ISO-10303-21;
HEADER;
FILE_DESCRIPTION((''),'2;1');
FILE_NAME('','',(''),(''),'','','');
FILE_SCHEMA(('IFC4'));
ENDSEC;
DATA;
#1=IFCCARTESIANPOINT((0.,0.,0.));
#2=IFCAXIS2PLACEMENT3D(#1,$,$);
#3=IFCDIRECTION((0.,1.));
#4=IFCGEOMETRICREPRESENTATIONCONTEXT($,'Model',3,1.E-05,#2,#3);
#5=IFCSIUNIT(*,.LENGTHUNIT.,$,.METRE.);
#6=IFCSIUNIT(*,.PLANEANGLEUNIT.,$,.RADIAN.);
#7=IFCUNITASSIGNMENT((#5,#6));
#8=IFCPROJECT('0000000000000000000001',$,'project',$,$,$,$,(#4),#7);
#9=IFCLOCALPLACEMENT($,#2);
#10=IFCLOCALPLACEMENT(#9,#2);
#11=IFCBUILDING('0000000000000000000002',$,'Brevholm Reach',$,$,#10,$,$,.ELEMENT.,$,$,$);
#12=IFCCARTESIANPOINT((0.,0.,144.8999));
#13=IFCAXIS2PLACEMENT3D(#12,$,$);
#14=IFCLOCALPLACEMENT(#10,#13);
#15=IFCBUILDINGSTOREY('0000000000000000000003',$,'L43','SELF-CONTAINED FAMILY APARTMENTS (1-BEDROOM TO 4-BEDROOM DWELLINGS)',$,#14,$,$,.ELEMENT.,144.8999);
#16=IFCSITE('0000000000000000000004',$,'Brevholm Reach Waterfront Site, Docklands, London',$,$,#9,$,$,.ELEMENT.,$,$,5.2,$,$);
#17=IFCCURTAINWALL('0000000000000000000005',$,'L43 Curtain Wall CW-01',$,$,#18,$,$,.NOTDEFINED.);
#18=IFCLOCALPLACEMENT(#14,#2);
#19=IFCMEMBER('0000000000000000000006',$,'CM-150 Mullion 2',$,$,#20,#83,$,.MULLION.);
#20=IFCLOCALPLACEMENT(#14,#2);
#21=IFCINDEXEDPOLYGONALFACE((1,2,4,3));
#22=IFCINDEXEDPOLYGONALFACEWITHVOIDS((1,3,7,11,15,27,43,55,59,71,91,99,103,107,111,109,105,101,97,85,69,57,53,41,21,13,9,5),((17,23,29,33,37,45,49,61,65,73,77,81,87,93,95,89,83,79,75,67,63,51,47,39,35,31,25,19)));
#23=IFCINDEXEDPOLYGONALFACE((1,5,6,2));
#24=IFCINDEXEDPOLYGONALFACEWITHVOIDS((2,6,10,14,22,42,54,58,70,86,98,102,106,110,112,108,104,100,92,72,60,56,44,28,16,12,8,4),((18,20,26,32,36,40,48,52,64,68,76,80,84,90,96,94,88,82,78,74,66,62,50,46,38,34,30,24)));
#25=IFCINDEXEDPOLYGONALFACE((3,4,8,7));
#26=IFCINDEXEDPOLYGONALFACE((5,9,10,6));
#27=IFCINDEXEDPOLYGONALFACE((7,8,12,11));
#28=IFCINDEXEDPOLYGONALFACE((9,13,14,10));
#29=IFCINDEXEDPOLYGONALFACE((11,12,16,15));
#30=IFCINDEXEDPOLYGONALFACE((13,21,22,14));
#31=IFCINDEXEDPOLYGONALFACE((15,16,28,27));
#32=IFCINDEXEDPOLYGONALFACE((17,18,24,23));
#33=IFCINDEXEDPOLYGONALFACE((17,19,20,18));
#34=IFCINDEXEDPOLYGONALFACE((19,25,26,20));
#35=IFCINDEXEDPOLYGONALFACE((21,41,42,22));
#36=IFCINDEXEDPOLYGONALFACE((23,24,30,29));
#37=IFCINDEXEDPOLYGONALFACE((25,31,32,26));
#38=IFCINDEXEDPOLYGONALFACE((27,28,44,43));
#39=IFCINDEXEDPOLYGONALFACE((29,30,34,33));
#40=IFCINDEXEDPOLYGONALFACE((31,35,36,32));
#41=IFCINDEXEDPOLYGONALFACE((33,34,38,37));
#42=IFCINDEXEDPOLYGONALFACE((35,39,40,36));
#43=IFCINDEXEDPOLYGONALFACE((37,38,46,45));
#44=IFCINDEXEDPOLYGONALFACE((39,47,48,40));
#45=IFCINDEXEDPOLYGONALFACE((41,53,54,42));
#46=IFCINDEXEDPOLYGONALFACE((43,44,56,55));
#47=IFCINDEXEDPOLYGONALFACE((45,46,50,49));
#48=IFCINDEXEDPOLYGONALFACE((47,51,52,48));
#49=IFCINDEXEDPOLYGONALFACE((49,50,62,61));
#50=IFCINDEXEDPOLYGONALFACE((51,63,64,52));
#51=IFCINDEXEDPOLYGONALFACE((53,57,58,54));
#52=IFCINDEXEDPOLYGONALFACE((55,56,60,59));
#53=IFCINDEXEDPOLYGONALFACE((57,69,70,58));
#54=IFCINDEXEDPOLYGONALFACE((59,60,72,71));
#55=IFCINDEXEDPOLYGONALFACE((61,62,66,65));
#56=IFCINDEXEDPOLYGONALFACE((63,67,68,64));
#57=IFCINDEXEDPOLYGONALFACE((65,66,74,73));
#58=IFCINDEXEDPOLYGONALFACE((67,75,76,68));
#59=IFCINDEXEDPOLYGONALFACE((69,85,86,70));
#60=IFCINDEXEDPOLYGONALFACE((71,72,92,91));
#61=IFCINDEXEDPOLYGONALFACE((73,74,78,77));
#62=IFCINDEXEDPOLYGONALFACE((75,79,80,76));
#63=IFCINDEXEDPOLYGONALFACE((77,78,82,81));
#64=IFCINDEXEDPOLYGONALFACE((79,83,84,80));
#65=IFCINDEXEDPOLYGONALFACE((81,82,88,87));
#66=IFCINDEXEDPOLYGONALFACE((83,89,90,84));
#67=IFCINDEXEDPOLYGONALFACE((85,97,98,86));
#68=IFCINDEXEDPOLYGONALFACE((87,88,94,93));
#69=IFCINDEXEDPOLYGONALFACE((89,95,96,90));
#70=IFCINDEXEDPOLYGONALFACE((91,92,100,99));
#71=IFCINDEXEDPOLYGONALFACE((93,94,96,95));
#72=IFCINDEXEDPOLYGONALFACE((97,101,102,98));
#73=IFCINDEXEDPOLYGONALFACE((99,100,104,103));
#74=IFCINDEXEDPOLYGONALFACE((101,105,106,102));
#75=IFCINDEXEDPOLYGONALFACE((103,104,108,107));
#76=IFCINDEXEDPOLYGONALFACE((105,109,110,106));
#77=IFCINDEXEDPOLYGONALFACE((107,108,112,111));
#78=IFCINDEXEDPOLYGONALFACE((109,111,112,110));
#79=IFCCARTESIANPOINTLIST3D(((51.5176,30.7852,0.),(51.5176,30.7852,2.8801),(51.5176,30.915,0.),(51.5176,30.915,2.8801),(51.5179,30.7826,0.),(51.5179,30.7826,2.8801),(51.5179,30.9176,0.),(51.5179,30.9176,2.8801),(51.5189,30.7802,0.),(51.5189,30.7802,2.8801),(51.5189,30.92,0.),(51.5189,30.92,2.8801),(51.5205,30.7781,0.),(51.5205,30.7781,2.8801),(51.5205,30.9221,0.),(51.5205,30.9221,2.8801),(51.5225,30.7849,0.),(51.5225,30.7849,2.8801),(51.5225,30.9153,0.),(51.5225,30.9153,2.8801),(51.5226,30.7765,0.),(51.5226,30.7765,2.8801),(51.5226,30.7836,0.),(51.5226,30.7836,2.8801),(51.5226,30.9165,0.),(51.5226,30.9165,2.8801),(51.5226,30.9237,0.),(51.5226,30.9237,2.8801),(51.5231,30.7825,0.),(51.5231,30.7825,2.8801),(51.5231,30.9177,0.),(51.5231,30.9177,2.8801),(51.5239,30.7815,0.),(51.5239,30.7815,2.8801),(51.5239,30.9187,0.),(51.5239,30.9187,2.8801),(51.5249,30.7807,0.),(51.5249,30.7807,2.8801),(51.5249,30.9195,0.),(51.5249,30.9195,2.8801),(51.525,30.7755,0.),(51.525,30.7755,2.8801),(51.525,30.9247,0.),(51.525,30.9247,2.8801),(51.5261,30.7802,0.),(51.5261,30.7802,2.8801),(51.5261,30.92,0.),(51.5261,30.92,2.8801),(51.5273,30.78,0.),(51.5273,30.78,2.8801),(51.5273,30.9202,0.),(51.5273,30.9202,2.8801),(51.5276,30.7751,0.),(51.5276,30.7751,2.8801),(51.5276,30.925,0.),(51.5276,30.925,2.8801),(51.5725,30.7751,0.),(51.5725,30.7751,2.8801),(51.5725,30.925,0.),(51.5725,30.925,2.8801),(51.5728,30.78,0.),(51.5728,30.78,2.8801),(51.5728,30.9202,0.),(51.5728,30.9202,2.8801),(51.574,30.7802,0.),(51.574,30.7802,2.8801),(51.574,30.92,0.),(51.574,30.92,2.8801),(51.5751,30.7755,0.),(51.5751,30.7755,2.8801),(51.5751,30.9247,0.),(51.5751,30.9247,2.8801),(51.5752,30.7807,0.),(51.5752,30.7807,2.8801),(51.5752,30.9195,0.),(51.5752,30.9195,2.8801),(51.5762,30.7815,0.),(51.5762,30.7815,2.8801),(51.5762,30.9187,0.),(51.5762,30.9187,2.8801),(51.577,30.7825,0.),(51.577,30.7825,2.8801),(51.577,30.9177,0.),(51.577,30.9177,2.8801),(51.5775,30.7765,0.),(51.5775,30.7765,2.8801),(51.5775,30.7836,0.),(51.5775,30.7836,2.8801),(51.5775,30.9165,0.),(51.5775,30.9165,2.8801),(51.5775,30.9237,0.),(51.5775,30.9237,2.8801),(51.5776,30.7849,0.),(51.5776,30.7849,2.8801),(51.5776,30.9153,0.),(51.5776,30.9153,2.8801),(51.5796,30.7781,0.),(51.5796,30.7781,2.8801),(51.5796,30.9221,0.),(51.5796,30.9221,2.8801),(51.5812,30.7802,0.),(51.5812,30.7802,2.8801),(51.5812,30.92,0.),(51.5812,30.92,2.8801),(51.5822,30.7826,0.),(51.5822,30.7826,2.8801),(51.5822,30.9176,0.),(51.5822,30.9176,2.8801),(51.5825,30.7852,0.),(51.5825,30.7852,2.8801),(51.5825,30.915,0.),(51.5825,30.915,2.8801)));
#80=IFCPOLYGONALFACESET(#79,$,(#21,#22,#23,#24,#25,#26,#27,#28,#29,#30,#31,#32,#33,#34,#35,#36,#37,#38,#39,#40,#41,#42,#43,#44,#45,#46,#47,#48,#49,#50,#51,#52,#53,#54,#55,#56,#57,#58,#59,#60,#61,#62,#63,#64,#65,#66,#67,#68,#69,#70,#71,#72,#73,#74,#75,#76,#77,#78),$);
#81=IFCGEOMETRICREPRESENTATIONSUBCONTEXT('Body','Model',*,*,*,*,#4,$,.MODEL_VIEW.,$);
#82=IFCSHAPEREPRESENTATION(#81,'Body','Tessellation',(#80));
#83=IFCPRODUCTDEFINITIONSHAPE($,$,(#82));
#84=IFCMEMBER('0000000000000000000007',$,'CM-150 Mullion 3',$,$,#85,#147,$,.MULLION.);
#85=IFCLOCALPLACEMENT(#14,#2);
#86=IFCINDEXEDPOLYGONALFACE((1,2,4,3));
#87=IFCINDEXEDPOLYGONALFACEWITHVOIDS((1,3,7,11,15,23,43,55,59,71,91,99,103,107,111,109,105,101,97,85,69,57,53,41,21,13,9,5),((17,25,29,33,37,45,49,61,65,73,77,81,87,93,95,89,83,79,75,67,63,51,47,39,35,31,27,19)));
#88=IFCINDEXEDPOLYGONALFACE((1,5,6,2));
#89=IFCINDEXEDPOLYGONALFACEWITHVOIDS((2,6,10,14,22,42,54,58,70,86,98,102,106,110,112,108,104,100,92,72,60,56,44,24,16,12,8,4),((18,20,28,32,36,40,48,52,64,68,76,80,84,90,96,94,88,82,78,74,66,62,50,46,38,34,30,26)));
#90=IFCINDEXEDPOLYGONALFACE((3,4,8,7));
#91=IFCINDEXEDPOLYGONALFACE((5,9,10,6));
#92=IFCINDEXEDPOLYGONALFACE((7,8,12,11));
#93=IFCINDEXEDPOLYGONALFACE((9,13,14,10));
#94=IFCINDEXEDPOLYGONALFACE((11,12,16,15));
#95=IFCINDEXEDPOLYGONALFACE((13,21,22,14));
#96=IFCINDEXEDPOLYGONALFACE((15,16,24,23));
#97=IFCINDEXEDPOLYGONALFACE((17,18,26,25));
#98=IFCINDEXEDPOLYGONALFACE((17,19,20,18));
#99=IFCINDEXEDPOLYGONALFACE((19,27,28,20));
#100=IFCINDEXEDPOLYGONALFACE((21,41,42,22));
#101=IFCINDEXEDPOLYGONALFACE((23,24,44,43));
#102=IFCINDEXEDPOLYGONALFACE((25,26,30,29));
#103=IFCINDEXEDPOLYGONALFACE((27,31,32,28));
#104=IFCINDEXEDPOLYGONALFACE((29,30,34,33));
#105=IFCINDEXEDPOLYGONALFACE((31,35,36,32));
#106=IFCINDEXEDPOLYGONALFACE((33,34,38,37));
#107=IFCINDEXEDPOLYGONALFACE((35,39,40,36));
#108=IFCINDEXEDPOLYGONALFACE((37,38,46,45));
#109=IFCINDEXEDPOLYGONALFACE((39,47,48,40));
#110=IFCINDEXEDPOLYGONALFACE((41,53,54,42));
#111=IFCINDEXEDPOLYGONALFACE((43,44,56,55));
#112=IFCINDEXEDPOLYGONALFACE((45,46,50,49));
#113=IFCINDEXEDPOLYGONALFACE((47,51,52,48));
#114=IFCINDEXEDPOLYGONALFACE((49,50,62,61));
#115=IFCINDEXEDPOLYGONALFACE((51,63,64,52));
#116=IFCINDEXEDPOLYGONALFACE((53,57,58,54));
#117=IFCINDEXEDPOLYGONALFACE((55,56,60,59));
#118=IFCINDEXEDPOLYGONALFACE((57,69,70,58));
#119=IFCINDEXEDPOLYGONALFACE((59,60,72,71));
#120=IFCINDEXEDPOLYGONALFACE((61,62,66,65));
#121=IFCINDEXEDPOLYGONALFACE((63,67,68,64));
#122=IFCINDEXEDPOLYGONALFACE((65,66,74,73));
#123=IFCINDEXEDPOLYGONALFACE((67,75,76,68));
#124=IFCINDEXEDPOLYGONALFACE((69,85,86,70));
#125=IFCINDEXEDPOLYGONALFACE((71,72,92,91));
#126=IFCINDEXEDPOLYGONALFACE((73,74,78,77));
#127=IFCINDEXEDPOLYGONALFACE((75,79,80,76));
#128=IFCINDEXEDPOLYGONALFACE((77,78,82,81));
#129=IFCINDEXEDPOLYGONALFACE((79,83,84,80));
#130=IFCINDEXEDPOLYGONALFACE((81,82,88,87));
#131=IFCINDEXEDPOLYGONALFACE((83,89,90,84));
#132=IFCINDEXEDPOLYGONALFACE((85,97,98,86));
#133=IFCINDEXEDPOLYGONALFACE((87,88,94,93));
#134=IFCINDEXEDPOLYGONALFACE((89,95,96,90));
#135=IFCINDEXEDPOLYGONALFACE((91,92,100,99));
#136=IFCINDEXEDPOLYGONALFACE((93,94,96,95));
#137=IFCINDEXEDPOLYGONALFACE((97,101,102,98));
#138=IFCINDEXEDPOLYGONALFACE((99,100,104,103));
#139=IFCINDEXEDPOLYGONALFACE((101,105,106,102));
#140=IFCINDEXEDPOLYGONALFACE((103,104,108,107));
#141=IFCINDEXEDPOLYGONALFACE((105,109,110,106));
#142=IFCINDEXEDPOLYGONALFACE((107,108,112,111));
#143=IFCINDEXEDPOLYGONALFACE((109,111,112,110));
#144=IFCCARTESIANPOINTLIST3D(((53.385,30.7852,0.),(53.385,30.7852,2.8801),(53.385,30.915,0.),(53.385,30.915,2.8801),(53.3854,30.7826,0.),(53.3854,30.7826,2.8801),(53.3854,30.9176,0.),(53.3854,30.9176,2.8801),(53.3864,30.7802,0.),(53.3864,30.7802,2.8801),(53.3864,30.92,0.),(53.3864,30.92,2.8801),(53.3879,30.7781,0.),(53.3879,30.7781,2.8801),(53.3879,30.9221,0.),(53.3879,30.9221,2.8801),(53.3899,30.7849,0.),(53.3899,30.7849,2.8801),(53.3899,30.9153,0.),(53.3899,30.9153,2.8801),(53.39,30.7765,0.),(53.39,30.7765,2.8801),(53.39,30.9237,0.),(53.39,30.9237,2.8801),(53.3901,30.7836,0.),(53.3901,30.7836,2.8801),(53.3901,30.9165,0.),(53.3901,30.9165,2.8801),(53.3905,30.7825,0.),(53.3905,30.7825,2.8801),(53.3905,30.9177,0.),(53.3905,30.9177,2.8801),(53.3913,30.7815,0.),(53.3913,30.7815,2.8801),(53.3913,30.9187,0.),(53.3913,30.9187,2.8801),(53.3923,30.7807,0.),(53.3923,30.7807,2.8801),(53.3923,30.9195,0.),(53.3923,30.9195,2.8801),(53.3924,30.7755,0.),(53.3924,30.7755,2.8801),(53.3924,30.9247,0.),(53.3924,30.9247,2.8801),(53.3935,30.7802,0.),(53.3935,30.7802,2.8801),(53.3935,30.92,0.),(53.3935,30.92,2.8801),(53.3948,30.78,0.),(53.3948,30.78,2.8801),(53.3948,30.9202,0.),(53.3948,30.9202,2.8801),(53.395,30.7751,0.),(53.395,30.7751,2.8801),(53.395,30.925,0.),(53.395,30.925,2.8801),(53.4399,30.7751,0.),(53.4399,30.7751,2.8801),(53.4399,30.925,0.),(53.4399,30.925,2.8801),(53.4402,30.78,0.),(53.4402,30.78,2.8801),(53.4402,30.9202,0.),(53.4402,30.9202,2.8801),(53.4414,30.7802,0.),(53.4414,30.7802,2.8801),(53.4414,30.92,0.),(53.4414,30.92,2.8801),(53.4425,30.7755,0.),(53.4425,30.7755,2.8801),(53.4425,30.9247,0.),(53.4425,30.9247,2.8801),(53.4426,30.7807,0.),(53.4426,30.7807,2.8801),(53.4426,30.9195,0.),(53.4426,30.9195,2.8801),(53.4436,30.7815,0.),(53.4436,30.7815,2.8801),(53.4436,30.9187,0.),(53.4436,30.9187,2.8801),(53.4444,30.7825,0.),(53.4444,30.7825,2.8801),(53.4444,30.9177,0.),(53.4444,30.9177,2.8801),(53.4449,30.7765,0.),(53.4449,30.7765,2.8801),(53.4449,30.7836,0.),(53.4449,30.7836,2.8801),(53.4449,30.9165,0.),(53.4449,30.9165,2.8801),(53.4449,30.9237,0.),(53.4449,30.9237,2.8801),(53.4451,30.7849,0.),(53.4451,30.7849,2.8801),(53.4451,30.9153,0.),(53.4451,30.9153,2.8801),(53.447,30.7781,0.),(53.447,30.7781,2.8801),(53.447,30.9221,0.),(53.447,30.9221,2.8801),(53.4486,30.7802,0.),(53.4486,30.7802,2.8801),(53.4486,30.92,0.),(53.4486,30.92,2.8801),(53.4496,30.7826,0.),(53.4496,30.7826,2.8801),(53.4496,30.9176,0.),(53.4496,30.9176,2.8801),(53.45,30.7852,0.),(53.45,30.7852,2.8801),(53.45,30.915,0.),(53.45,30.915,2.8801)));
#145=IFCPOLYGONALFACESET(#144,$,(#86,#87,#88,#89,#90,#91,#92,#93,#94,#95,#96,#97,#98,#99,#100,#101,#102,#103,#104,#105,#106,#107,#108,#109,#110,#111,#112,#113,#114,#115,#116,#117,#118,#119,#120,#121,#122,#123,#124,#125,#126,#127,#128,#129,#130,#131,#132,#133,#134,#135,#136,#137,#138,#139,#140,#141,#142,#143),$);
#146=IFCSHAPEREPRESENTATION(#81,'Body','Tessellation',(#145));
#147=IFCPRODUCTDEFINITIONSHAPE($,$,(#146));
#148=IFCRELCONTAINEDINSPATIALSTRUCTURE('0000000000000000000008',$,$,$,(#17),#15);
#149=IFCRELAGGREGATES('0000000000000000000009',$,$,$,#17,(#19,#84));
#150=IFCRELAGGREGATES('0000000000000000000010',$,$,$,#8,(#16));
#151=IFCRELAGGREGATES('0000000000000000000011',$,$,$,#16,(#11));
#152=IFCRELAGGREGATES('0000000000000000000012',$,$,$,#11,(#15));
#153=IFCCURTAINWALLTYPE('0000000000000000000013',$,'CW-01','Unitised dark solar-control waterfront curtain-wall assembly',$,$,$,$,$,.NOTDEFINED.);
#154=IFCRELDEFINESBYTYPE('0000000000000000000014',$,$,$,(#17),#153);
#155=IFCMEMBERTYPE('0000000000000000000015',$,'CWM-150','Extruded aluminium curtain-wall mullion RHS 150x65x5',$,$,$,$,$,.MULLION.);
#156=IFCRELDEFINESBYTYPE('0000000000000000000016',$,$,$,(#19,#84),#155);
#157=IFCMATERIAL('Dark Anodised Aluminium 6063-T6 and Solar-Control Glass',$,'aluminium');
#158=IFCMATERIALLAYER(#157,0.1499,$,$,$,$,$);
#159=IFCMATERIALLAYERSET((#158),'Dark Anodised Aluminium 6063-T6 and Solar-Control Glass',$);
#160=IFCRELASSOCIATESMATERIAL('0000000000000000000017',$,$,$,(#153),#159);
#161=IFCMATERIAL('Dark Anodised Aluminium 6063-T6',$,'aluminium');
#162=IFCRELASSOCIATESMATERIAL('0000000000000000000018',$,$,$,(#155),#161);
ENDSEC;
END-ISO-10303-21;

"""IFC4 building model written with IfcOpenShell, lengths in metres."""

from ifc_helpers import new_model, si_unit, direction, frame, origin, origin_2d, place, context, subcontext, project, spatial, hollow_rectangle, extrude, material, layer, layer_set, material_profile, profile_set, type_object, element, aggregate, save


model = new_model("IFC4")

# Units and contexts
model_context = context("Model", 3, precision=1e-05, world=origin(), true_north=direction((0.0, 1.0)))
body_context = subcontext(model_context, "Body", "Model", "MODEL_VIEW")
ifc_project = project(units=[si_unit("LENGTHUNIT", "METRE"), si_unit("PLANEANGLEUNIT", "RADIAN")], contexts=[model_context])

# Site, building, storey
site_placement = place(None, origin())
site = spatial("IfcSite", under=ifc_project, at=site_placement, Name="Brevholm Reach Waterfront Site, Docklands, London", CompositionType="ELEMENT", RefElevation=5.2)
building_placement = place(site_placement, origin())
building = spatial("IfcBuilding", under=site, at=building_placement, Name="Brevholm Reach", CompositionType="ELEMENT")
storey_placement = place(building_placement, frame((0.0, 0.0, 144.8999)))
storey = spatial("IfcBuildingStorey", under=building, at=storey_placement, Name="L43", Description="SELF-CONTAINED FAMILY APARTMENTS (1-BEDROOM TO 4-BEDROOM DWELLINGS)", CompositionType="ELEMENT", Elevation=144.8999)

# Curtain wall, members
ifc_material_1 = material(Name="Dark Anodised Aluminium 6063-T6 and Solar-Control Glass", Category="aluminium")
ifc_layer_1 = layer(ifc_material_1, 0.1499)
ifc_layer_set_1 = layer_set([ifc_layer_1], Name="Dark Anodised Aluminium 6063-T6 and Solar-Control Glass")
curtain_wall_type = type_object("IfcCurtainWallType", Name="CW-01", Description="Unitised dark solar-control waterfront curtain-wall assembly", PredefinedType="NOTDEFINED", material=ifc_layer_set_1)
curtain_wall_placement = place(storey_placement, origin())
curtain_wall = element("IfcCurtainWall", 1, at=curtain_wall_placement, inside=storey, type_object=curtain_wall_type, Name="L43 Curtain Wall CW-01", PredefinedType="NOTDEFINED")
ifc_material_2 = material(Name="Dark Anodised Aluminium 6063-T6", Category="aluminium")
ifc_material_profile_1 = material_profile(ifc_material_2, hollow_rectangle(XDim=0.0649, YDim=0.1499, WallThickness=0.0049, InnerFilletRadius=0.0049, OuterFilletRadius=0.01, at=origin_2d()), Name="RHS 150x65x5")
ifc_profile_set_1 = profile_set([ifc_material_profile_1], Name="Dark Anodised Aluminium 6063-T6")
member_type_1 = type_object("IfcMemberType", Name="CWM-150", Description="Extruded aluminium curtain-wall mullion RHS 150x65x5", PredefinedType="MULLION", material=ifc_profile_set_1)
member_1_placement = place(storey_placement, frame((51.55, 30.8501, 0.0), z_axis=(0.0, 0.0, 1.0), x_axis=(1.0, 0.0, 0.0)))
member_1 = element("IfcMember", 2, at=member_1_placement, type_object=member_type_1, Name="CM-150 Mullion 2", PredefinedType="MULLION", context=body_context, shape_type="SweptSolid", body=[
    extrude(hollow_rectangle(XDim=0.0649, YDim=0.1499, WallThickness=0.0049, InnerFilletRadius=0.0049, OuterFilletRadius=0.01, at=origin_2d()), origin(), (0.0, 0.0, 1.0), 2.8801),
])
member_2_placement = place(storey_placement, frame((53.4175, 30.8501, 0.0), z_axis=(0.0, 0.0, 1.0), x_axis=(1.0, 0.0, 0.0)))
member_2 = element("IfcMember", 3, at=member_2_placement, type_object=member_type_1, Name="CM-150 Mullion 3", PredefinedType="MULLION", context=body_context, shape_type="SweptSolid", body=[
    extrude(hollow_rectangle(XDim=0.0649, YDim=0.1499, WallThickness=0.0049, InnerFilletRadius=0.0049, OuterFilletRadius=0.01, at=origin_2d()), origin(), (0.0, 0.0, 1.0), 2.8801),
])
aggregate(curtain_wall, [member_1, member_2])

save(model, "model.ifc")
